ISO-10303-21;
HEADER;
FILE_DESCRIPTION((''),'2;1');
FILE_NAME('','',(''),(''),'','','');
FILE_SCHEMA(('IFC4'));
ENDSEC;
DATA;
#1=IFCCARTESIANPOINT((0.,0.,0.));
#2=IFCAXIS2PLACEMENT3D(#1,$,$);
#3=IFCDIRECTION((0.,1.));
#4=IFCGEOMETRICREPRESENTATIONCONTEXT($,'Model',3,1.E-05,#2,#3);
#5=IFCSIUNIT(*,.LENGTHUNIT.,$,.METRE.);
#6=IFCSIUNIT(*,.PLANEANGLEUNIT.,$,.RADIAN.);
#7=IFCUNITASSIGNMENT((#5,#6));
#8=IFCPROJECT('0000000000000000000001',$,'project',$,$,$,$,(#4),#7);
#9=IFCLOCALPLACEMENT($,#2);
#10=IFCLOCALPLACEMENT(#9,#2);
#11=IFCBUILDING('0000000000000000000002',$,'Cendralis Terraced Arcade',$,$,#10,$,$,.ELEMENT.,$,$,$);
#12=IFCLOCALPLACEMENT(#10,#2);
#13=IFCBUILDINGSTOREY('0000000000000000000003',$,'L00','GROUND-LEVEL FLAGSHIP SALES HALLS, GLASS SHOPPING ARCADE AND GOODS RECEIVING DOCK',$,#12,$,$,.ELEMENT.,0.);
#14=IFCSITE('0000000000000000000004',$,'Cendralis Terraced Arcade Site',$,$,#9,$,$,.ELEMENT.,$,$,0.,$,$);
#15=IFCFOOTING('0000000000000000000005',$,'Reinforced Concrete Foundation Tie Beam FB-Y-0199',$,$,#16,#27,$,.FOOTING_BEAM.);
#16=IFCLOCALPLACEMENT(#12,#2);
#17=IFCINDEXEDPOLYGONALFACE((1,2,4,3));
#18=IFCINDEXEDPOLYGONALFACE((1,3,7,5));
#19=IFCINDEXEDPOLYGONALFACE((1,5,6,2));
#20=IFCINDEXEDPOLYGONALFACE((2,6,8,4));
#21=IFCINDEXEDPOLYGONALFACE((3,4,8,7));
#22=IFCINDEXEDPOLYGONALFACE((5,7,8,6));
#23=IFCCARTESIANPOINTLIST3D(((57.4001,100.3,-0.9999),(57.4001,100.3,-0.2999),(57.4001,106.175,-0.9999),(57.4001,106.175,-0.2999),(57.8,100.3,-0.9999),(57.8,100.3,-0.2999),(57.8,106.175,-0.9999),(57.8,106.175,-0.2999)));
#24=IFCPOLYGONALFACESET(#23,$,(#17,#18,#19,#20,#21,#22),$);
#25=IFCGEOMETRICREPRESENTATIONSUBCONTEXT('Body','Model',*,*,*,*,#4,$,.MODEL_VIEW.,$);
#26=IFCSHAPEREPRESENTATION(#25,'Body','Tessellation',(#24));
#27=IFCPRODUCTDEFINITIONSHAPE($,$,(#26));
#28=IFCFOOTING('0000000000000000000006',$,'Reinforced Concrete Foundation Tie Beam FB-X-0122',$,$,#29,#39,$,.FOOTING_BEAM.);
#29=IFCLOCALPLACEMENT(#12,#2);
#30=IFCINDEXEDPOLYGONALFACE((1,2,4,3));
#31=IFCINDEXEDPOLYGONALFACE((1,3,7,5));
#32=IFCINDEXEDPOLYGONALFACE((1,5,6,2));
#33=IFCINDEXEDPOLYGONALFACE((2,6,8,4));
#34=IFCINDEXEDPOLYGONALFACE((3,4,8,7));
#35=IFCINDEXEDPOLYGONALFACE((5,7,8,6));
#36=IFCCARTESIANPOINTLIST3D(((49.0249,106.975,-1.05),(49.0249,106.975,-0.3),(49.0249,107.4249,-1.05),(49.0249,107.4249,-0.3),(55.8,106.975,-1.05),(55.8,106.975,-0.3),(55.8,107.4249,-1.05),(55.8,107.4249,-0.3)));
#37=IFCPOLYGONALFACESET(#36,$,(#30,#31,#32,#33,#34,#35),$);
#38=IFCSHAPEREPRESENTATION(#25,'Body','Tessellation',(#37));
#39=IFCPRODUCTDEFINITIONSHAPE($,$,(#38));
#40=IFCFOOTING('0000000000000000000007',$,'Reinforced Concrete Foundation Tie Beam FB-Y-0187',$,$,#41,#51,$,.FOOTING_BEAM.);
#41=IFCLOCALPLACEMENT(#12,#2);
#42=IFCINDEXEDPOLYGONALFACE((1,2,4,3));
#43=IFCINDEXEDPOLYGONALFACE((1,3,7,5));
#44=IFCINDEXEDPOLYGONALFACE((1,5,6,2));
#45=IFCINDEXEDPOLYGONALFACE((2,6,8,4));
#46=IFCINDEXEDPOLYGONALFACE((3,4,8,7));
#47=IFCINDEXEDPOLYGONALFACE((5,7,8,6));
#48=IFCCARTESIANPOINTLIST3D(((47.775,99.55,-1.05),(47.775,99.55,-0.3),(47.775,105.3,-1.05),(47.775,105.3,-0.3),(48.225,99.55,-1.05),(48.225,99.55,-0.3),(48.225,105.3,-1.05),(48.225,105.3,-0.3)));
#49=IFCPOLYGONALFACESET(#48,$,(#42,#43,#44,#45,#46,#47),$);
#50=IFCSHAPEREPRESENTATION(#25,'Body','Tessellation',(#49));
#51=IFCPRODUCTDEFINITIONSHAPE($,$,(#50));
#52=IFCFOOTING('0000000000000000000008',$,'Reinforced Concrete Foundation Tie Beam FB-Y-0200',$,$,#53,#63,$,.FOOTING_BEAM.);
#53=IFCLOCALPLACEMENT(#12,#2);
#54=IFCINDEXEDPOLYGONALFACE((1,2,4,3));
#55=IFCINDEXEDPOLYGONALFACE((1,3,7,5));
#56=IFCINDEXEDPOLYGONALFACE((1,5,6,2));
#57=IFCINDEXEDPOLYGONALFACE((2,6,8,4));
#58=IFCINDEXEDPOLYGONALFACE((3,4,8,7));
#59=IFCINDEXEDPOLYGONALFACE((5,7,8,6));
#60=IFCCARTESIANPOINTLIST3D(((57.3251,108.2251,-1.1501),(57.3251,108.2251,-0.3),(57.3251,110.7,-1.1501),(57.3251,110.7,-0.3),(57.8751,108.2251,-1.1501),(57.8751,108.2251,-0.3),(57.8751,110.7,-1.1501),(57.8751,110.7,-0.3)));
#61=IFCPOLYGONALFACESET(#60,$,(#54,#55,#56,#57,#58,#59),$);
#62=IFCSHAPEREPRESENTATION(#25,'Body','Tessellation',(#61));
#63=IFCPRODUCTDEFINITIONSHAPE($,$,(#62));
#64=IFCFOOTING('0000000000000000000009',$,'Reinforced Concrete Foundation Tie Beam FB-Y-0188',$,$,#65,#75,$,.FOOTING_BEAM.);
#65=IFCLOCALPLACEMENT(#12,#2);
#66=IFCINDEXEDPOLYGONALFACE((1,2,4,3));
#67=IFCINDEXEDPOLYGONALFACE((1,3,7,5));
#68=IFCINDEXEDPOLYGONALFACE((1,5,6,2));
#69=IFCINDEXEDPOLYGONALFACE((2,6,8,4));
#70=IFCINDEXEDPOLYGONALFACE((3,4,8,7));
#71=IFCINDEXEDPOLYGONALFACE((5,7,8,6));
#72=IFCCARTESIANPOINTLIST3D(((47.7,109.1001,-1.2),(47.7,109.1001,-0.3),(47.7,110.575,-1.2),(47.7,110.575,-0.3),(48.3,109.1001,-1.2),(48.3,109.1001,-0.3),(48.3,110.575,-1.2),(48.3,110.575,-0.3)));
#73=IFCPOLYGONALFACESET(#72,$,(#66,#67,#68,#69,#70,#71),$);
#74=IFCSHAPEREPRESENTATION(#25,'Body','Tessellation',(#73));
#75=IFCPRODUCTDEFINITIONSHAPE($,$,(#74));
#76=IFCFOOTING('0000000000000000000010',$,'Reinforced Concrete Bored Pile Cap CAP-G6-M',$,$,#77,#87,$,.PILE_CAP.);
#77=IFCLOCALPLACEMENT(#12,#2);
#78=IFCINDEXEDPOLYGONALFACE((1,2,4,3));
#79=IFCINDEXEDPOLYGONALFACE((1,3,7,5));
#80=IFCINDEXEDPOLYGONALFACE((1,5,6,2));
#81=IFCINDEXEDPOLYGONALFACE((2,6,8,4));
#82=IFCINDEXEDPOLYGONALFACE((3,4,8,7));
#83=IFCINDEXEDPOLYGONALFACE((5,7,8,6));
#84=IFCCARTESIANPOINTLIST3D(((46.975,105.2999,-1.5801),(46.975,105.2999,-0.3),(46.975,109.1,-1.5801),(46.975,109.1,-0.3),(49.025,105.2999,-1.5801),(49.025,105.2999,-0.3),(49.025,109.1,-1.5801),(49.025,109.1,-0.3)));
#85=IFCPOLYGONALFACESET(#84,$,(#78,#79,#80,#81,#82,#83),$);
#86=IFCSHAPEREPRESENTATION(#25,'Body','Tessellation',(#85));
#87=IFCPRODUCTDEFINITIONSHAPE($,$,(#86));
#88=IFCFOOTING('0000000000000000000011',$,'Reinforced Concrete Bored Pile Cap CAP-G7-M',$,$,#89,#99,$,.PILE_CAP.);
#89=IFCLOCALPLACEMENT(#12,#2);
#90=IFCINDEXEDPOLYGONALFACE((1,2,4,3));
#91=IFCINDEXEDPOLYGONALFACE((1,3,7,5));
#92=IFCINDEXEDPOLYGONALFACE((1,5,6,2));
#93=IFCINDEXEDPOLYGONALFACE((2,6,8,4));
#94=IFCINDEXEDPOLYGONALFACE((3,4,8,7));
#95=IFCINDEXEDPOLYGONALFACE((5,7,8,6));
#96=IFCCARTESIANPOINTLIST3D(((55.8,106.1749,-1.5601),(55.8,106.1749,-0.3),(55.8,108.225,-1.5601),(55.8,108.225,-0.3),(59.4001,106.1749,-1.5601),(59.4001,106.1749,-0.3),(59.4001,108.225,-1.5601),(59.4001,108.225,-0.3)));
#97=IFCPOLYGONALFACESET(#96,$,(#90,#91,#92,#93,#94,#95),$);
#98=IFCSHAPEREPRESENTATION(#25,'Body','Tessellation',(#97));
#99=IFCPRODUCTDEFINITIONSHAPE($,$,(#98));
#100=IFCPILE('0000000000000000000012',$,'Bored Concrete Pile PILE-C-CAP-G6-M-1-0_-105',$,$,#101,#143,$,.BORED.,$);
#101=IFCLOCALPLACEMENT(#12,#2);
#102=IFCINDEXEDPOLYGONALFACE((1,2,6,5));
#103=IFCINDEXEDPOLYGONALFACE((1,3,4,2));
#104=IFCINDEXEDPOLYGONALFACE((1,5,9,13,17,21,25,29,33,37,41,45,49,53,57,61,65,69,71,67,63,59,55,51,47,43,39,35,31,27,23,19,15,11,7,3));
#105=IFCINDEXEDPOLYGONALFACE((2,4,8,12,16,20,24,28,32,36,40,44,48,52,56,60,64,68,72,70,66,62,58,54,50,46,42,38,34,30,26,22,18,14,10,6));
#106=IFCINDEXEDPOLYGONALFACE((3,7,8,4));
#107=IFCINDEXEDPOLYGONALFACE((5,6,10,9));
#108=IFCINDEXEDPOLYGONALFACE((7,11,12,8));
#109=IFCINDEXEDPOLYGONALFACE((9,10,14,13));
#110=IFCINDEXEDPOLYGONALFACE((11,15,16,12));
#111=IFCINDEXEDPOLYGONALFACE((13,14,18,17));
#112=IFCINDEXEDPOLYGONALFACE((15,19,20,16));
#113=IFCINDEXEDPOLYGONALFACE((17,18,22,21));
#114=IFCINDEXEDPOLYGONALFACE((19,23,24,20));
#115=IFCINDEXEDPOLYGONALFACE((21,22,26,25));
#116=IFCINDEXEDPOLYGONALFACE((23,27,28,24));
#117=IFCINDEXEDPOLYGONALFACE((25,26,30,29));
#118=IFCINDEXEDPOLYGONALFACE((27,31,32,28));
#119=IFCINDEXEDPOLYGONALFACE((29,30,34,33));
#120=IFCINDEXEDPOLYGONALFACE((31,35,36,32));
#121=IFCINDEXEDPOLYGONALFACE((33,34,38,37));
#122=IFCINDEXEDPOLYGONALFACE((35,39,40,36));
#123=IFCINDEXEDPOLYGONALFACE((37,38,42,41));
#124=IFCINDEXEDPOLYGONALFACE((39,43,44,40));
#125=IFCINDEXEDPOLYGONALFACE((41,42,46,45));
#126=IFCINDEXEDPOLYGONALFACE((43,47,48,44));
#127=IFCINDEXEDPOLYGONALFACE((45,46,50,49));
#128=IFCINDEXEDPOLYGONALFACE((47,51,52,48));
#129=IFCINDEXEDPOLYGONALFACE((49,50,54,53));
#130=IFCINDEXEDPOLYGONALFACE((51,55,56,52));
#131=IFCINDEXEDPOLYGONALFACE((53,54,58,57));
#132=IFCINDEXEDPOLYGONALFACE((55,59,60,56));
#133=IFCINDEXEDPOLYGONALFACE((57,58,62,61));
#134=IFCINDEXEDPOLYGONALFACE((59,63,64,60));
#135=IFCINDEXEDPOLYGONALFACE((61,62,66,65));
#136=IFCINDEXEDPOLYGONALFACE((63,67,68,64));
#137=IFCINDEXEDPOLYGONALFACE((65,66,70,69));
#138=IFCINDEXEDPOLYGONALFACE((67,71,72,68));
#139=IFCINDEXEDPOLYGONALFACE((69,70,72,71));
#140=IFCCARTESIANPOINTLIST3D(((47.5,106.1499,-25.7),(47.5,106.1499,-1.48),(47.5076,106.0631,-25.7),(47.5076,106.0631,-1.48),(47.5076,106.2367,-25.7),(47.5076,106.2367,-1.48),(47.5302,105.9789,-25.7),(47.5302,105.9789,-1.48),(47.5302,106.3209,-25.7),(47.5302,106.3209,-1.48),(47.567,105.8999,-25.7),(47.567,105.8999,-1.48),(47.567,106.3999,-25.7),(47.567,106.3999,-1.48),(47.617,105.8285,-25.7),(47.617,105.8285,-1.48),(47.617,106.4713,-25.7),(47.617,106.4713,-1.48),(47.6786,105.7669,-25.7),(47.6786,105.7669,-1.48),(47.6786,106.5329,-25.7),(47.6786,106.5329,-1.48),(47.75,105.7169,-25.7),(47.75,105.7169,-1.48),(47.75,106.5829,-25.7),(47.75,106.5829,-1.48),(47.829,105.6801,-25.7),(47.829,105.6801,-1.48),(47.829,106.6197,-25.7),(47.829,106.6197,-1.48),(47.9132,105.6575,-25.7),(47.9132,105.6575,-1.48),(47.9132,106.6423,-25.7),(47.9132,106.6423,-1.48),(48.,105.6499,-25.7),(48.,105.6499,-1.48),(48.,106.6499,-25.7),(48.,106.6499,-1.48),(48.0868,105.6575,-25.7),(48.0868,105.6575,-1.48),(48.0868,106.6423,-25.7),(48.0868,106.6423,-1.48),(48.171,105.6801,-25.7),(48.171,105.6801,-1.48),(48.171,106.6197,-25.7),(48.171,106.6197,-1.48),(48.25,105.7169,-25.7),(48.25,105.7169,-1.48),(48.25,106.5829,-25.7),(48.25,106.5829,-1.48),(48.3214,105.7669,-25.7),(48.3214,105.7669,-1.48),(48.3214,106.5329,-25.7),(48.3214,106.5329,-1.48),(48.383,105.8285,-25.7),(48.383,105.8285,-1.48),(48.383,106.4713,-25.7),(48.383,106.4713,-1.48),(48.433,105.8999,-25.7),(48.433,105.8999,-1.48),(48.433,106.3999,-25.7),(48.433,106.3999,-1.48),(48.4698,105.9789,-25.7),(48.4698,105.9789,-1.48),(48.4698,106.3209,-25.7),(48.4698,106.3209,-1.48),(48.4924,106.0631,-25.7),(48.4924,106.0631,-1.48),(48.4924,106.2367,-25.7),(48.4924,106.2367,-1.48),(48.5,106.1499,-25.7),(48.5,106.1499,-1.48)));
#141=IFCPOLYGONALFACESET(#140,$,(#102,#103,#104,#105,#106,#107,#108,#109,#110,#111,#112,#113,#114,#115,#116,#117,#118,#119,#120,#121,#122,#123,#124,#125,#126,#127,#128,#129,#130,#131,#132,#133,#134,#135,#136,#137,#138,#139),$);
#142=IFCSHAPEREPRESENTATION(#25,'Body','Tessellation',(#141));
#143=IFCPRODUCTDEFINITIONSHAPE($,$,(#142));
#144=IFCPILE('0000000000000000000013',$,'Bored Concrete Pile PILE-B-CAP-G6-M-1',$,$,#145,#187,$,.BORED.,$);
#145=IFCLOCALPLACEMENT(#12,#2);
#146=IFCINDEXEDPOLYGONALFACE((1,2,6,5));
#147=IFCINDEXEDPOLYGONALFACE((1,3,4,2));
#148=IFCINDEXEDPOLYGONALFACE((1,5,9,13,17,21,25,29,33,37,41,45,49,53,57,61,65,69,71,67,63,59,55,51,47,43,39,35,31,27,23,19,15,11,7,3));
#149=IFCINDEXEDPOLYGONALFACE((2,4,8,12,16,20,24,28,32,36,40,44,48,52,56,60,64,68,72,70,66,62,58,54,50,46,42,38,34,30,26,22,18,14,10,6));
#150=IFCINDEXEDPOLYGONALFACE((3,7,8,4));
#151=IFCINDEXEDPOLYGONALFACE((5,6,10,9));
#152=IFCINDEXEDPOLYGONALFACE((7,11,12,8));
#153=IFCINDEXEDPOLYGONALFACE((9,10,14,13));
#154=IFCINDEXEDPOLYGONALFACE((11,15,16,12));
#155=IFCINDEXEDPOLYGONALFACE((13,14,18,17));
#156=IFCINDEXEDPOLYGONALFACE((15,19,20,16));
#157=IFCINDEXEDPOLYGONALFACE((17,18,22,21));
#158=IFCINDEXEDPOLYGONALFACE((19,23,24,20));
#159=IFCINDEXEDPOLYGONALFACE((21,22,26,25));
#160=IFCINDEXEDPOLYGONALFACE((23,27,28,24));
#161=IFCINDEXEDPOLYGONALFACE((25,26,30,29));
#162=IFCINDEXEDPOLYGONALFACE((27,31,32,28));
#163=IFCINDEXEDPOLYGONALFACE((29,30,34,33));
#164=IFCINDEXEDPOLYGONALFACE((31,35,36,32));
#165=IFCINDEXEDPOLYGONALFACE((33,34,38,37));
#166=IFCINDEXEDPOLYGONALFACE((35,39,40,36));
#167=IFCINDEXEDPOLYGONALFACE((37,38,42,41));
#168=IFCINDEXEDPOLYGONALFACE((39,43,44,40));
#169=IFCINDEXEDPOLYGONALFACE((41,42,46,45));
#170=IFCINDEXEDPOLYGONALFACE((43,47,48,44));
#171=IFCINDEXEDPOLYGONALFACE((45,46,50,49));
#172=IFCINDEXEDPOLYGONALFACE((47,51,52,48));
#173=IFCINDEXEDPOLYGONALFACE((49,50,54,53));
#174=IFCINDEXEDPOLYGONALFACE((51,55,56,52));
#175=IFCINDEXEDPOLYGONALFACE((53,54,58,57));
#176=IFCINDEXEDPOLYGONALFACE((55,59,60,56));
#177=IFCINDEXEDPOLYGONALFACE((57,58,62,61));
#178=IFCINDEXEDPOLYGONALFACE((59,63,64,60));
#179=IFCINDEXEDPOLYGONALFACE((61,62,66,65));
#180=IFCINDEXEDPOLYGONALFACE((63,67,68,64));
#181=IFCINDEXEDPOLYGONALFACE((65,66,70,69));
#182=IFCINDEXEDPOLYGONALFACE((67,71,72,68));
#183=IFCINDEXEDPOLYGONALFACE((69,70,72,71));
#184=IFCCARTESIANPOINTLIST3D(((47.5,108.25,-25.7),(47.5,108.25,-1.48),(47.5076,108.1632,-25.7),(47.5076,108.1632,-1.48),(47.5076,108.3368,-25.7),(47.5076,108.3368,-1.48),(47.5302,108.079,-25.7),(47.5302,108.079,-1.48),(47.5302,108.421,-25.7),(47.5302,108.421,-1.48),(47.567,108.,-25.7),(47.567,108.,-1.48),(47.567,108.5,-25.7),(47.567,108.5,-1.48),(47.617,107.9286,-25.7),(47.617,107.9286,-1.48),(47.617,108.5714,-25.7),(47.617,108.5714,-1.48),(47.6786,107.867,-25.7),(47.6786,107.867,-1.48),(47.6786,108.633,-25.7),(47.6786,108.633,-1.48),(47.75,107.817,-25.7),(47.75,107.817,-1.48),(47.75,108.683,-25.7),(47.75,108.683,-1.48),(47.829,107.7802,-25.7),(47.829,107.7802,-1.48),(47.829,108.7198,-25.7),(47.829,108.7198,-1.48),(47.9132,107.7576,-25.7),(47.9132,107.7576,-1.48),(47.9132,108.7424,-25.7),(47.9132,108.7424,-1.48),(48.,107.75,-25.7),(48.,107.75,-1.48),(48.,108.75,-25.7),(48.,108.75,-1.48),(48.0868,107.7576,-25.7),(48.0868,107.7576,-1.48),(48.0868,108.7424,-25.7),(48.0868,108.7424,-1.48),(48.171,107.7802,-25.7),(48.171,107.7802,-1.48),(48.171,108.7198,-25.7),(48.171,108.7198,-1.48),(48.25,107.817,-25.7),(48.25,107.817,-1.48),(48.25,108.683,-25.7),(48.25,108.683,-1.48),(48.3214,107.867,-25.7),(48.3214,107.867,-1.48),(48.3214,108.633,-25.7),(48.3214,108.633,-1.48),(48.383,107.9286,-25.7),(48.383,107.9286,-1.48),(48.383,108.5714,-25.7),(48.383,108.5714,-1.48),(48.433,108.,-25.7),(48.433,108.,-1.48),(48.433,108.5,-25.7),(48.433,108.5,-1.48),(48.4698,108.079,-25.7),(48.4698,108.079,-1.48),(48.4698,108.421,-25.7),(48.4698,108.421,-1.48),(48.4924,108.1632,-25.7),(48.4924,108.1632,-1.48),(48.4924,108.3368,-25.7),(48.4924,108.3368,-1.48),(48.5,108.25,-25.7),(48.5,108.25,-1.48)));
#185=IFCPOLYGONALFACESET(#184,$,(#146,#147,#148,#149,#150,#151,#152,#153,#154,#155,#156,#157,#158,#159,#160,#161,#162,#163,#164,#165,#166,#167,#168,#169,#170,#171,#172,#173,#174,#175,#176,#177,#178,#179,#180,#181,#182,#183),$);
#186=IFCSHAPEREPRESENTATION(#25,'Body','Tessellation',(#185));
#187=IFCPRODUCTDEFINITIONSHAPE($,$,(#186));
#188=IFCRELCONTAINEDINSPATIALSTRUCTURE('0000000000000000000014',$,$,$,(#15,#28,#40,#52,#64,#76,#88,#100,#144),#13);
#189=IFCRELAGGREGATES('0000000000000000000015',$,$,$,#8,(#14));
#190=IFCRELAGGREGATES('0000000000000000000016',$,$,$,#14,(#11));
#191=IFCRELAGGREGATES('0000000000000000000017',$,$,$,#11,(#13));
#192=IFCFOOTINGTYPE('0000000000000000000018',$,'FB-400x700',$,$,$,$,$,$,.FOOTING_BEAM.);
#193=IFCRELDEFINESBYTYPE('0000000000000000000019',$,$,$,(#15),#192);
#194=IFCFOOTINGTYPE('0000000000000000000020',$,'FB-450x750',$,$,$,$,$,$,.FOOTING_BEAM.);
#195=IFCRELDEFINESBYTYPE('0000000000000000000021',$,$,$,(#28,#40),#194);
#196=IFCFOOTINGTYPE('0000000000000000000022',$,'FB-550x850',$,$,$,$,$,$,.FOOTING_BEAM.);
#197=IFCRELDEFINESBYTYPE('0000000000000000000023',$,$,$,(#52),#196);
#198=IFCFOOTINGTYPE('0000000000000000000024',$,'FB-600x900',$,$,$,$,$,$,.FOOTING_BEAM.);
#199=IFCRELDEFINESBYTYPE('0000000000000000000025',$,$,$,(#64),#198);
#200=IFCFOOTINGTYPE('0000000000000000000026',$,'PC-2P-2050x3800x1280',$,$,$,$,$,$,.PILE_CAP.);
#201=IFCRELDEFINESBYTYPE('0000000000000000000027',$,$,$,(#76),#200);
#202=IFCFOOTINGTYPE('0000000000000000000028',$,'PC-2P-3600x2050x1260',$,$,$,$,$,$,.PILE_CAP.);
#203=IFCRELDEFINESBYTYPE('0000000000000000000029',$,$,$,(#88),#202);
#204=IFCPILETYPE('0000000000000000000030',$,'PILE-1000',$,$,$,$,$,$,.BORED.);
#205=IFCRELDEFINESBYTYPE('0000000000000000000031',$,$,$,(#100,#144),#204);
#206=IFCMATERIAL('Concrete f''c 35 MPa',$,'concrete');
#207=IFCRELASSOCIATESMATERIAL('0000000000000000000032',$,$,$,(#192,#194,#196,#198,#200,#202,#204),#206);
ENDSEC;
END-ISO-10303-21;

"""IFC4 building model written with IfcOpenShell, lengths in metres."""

from ifc_helpers import new_model, si_unit, direction, frame, origin, origin_2d, place, context, subcontext, project, spatial, rectangle, circle, extrude, material, material_profile, profile_set, type_object, element, save


model = new_model("IFC4")

# Units and contexts
model_context = context("Model", 3, precision=1e-05, world=origin(), true_north=direction((0.0, 1.0)))
body_context = subcontext(model_context, "Body", "Model", "MODEL_VIEW")
ifc_project = project(units=[si_unit("LENGTHUNIT", "METRE"), si_unit("PLANEANGLEUNIT", "RADIAN")], contexts=[model_context])

# Site, building, storey
site_placement = place(None, origin())
site = spatial("IfcSite", under=ifc_project, at=site_placement, Name="Cendralis Terraced Arcade Site", CompositionType="ELEMENT", RefElevation=0.0)
building_placement = place(site_placement, origin())
building = spatial("IfcBuilding", under=site, at=building_placement, Name="Cendralis Terraced Arcade", CompositionType="ELEMENT")
storey_placement = place(building_placement, origin())
storey = spatial("IfcBuildingStorey", under=building, at=storey_placement, Name="L00", Description="GROUND-LEVEL FLAGSHIP SALES HALLS, GLASS SHOPPING ARCADE AND GOODS RECEIVING DOCK", CompositionType="ELEMENT", Elevation=0.0)

# Footings
ifc_material_1 = material(Name="Concrete f'c 35 MPa", Category="concrete")
ifc_material_profile_1 = material_profile(ifc_material_1, rectangle(XDim=0.3999, YDim=0.7, at=origin_2d()), Name="FB-400x700", Category="LoadBearing")
ifc_profile_set_1 = profile_set([ifc_material_profile_1], Name="Concrete f'c 35 MPa")
footing_type_1 = type_object("IfcFootingType", Name="FB-400x700", PredefinedType="FOOTING_BEAM", material=ifc_profile_set_1)
footing_1_placement = place(storey_placement, frame((57.6001, 100.3, -0.6499), z_axis=(0.0, 1.0, 0.0), x_axis=(-1.0, 0.0, 0.0)))
element("IfcFooting", 1, at=footing_1_placement, inside=storey, type_object=footing_type_1, Name="Reinforced Concrete Foundation Tie Beam FB-Y-0199", PredefinedType="FOOTING_BEAM", context=body_context, shape_type="SweptSolid", body=[
    extrude(rectangle(XDim=0.3999, YDim=0.7, at=origin_2d()), origin(), (0.0, 0.0, 1.0), 5.875),
])
ifc_material_profile_2 = material_profile(ifc_material_1, rectangle(XDim=0.45, YDim=0.75, at=origin_2d()), Name="FB-450x750", Category="LoadBearing")
ifc_profile_set_2 = profile_set([ifc_material_profile_2], Name="Concrete f'c 35 MPa")
footing_type_2 = type_object("IfcFootingType", Name="FB-450x750", PredefinedType="FOOTING_BEAM", material=ifc_profile_set_2)
footing_2_placement = place(storey_placement, frame((49.0249, 107.2, -0.675), z_axis=(1.0, 0.0, 0.0), x_axis=(0.0, 1.0, 0.0)))
element("IfcFooting", 2, at=footing_2_placement, inside=storey, type_object=footing_type_2, Name="Reinforced Concrete Foundation Tie Beam FB-X-0122", PredefinedType="FOOTING_BEAM", context=body_context, shape_type="SweptSolid", body=[
    extrude(rectangle(XDim=0.45, YDim=0.75, at=origin_2d()), origin(), (0.0, 0.0, 1.0), 6.7751),
])
footing_3_placement = place(storey_placement, frame((48.0, 99.55, -0.675), z_axis=(0.0, 1.0, 0.0), x_axis=(-1.0, 0.0, 0.0)))
element("IfcFooting", 3, at=footing_3_placement, inside=storey, type_object=footing_type_2, Name="Reinforced Concrete Foundation Tie Beam FB-Y-0187", PredefinedType="FOOTING_BEAM", context=body_context, shape_type="SweptSolid", body=[
    extrude(rectangle(XDim=0.45, YDim=0.75, at=origin_2d()), origin(), (0.0, 0.0, 1.0), 5.75),
])
ifc_material_profile_3 = material_profile(ifc_material_1, rectangle(XDim=0.55, YDim=0.8501, at=origin_2d()), Name="FB-550x850", Category="LoadBearing")
ifc_profile_set_3 = profile_set([ifc_material_profile_3], Name="Concrete f'c 35 MPa")
footing_type_3 = type_object("IfcFootingType", Name="FB-550x850", PredefinedType="FOOTING_BEAM", material=ifc_profile_set_3)
footing_4_placement = place(storey_placement, frame((57.6001, 108.2251, -0.7251), z_axis=(0.0, 1.0, 0.0), x_axis=(-1.0, 0.0, 0.0)))
element("IfcFooting", 4, at=footing_4_placement, inside=storey, type_object=footing_type_3, Name="Reinforced Concrete Foundation Tie Beam FB-Y-0200", PredefinedType="FOOTING_BEAM", context=body_context, shape_type="SweptSolid", body=[
    extrude(rectangle(XDim=0.55, YDim=0.8501, at=origin_2d()), origin(), (0.0, 0.0, 1.0), 2.4749),
])
ifc_material_profile_4 = material_profile(ifc_material_1, rectangle(XDim=0.6001, YDim=0.8999, at=origin_2d()), Name="FB-600x900", Category="LoadBearing")
ifc_profile_set_4 = profile_set([ifc_material_profile_4], Name="Concrete f'c 35 MPa")
footing_type_4 = type_object("IfcFootingType", Name="FB-600x900", PredefinedType="FOOTING_BEAM", material=ifc_profile_set_4)
footing_5_placement = place(storey_placement, frame((48.0, 109.1001, -0.75), z_axis=(0.0, 1.0, 0.0), x_axis=(-1.0, 0.0, 0.0)))
element("IfcFooting", 5, at=footing_5_placement, inside=storey, type_object=footing_type_4, Name="Reinforced Concrete Foundation Tie Beam FB-Y-0188", PredefinedType="FOOTING_BEAM", context=body_context, shape_type="SweptSolid", body=[
    extrude(rectangle(XDim=0.6001, YDim=0.8999, at=origin_2d()), origin(), (0.0, 0.0, 1.0), 1.4749),
])
footing_type_5 = type_object("IfcFootingType", Name="PC-2P-2050x3800x1280", PredefinedType="PILE_CAP", material=ifc_material_1)
footing_6_placement = place(storey_placement, frame((48.0, 107.2, -1.5801), z_axis=(0.0, 0.0, 1.0), x_axis=(1.0, 0.0, 0.0)))
element("IfcFooting", 6, at=footing_6_placement, inside=storey, type_object=footing_type_5, Name="Reinforced Concrete Bored Pile Cap CAP-G6-M", PredefinedType="PILE_CAP", context=body_context, shape_type="SweptSolid", body=[
    extrude(rectangle(XDim=2.05, YDim=3.8, at=origin_2d()), origin(), (0.0, 0.0, 1.0), 1.28),
])
footing_type_6 = type_object("IfcFootingType", Name="PC-2P-3600x2050x1260", PredefinedType="PILE_CAP", material=ifc_material_1)
footing_7_placement = place(storey_placement, frame((57.6001, 107.2, -1.5601), z_axis=(0.0, 0.0, 1.0), x_axis=(1.0, 0.0, 0.0)))
element("IfcFooting", 7, at=footing_7_placement, inside=storey, type_object=footing_type_6, Name="Reinforced Concrete Bored Pile Cap CAP-G7-M", PredefinedType="PILE_CAP", context=body_context, shape_type="SweptSolid", body=[
    extrude(rectangle(XDim=3.6001, YDim=2.05, at=origin_2d()), origin(), (0.0, 0.0, 1.0), 1.26),
])

# Piles
ifc_material_profile_5 = material_profile(ifc_material_1, circle(Radius=0.5, at=origin_2d()), Name="PILE-D1000", Category="LoadBearing")
ifc_profile_set_5 = profile_set([ifc_material_profile_5], Name="Concrete f'c 35 MPa")
pile_type_1 = type_object("IfcPileType", Name="PILE-1000", PredefinedType="BORED", material=ifc_profile_set_5)
for number, where, z_axis, x_axis, name in (
    (8, (48.0, 106.1499, -1.48), (0.0, 0.0, -1.0), (1.0, 0.0, 0.0), "Bored Concrete Pile PILE-C-CAP-G6-M-1-0_-105"),
    (9, (48.0, 108.25, -1.48), (0.0, 0.0, -1.0), (1.0, 0.0, 0.0), "Bored Concrete Pile PILE-B-CAP-G6-M-1"),
):
    element("IfcPile", number, at=place(storey_placement, frame(where, z_axis=z_axis, x_axis=x_axis)), inside=storey, type_object=pile_type_1, Name=name, PredefinedType="BORED", context=body_context, shape_type="SweptSolid", body=[
        extrude(circle(Radius=0.5, at=origin_2d()), origin(), (0.0, 0.0, 1.0), 24.22),
    ])

save(model, "model.ifc")
